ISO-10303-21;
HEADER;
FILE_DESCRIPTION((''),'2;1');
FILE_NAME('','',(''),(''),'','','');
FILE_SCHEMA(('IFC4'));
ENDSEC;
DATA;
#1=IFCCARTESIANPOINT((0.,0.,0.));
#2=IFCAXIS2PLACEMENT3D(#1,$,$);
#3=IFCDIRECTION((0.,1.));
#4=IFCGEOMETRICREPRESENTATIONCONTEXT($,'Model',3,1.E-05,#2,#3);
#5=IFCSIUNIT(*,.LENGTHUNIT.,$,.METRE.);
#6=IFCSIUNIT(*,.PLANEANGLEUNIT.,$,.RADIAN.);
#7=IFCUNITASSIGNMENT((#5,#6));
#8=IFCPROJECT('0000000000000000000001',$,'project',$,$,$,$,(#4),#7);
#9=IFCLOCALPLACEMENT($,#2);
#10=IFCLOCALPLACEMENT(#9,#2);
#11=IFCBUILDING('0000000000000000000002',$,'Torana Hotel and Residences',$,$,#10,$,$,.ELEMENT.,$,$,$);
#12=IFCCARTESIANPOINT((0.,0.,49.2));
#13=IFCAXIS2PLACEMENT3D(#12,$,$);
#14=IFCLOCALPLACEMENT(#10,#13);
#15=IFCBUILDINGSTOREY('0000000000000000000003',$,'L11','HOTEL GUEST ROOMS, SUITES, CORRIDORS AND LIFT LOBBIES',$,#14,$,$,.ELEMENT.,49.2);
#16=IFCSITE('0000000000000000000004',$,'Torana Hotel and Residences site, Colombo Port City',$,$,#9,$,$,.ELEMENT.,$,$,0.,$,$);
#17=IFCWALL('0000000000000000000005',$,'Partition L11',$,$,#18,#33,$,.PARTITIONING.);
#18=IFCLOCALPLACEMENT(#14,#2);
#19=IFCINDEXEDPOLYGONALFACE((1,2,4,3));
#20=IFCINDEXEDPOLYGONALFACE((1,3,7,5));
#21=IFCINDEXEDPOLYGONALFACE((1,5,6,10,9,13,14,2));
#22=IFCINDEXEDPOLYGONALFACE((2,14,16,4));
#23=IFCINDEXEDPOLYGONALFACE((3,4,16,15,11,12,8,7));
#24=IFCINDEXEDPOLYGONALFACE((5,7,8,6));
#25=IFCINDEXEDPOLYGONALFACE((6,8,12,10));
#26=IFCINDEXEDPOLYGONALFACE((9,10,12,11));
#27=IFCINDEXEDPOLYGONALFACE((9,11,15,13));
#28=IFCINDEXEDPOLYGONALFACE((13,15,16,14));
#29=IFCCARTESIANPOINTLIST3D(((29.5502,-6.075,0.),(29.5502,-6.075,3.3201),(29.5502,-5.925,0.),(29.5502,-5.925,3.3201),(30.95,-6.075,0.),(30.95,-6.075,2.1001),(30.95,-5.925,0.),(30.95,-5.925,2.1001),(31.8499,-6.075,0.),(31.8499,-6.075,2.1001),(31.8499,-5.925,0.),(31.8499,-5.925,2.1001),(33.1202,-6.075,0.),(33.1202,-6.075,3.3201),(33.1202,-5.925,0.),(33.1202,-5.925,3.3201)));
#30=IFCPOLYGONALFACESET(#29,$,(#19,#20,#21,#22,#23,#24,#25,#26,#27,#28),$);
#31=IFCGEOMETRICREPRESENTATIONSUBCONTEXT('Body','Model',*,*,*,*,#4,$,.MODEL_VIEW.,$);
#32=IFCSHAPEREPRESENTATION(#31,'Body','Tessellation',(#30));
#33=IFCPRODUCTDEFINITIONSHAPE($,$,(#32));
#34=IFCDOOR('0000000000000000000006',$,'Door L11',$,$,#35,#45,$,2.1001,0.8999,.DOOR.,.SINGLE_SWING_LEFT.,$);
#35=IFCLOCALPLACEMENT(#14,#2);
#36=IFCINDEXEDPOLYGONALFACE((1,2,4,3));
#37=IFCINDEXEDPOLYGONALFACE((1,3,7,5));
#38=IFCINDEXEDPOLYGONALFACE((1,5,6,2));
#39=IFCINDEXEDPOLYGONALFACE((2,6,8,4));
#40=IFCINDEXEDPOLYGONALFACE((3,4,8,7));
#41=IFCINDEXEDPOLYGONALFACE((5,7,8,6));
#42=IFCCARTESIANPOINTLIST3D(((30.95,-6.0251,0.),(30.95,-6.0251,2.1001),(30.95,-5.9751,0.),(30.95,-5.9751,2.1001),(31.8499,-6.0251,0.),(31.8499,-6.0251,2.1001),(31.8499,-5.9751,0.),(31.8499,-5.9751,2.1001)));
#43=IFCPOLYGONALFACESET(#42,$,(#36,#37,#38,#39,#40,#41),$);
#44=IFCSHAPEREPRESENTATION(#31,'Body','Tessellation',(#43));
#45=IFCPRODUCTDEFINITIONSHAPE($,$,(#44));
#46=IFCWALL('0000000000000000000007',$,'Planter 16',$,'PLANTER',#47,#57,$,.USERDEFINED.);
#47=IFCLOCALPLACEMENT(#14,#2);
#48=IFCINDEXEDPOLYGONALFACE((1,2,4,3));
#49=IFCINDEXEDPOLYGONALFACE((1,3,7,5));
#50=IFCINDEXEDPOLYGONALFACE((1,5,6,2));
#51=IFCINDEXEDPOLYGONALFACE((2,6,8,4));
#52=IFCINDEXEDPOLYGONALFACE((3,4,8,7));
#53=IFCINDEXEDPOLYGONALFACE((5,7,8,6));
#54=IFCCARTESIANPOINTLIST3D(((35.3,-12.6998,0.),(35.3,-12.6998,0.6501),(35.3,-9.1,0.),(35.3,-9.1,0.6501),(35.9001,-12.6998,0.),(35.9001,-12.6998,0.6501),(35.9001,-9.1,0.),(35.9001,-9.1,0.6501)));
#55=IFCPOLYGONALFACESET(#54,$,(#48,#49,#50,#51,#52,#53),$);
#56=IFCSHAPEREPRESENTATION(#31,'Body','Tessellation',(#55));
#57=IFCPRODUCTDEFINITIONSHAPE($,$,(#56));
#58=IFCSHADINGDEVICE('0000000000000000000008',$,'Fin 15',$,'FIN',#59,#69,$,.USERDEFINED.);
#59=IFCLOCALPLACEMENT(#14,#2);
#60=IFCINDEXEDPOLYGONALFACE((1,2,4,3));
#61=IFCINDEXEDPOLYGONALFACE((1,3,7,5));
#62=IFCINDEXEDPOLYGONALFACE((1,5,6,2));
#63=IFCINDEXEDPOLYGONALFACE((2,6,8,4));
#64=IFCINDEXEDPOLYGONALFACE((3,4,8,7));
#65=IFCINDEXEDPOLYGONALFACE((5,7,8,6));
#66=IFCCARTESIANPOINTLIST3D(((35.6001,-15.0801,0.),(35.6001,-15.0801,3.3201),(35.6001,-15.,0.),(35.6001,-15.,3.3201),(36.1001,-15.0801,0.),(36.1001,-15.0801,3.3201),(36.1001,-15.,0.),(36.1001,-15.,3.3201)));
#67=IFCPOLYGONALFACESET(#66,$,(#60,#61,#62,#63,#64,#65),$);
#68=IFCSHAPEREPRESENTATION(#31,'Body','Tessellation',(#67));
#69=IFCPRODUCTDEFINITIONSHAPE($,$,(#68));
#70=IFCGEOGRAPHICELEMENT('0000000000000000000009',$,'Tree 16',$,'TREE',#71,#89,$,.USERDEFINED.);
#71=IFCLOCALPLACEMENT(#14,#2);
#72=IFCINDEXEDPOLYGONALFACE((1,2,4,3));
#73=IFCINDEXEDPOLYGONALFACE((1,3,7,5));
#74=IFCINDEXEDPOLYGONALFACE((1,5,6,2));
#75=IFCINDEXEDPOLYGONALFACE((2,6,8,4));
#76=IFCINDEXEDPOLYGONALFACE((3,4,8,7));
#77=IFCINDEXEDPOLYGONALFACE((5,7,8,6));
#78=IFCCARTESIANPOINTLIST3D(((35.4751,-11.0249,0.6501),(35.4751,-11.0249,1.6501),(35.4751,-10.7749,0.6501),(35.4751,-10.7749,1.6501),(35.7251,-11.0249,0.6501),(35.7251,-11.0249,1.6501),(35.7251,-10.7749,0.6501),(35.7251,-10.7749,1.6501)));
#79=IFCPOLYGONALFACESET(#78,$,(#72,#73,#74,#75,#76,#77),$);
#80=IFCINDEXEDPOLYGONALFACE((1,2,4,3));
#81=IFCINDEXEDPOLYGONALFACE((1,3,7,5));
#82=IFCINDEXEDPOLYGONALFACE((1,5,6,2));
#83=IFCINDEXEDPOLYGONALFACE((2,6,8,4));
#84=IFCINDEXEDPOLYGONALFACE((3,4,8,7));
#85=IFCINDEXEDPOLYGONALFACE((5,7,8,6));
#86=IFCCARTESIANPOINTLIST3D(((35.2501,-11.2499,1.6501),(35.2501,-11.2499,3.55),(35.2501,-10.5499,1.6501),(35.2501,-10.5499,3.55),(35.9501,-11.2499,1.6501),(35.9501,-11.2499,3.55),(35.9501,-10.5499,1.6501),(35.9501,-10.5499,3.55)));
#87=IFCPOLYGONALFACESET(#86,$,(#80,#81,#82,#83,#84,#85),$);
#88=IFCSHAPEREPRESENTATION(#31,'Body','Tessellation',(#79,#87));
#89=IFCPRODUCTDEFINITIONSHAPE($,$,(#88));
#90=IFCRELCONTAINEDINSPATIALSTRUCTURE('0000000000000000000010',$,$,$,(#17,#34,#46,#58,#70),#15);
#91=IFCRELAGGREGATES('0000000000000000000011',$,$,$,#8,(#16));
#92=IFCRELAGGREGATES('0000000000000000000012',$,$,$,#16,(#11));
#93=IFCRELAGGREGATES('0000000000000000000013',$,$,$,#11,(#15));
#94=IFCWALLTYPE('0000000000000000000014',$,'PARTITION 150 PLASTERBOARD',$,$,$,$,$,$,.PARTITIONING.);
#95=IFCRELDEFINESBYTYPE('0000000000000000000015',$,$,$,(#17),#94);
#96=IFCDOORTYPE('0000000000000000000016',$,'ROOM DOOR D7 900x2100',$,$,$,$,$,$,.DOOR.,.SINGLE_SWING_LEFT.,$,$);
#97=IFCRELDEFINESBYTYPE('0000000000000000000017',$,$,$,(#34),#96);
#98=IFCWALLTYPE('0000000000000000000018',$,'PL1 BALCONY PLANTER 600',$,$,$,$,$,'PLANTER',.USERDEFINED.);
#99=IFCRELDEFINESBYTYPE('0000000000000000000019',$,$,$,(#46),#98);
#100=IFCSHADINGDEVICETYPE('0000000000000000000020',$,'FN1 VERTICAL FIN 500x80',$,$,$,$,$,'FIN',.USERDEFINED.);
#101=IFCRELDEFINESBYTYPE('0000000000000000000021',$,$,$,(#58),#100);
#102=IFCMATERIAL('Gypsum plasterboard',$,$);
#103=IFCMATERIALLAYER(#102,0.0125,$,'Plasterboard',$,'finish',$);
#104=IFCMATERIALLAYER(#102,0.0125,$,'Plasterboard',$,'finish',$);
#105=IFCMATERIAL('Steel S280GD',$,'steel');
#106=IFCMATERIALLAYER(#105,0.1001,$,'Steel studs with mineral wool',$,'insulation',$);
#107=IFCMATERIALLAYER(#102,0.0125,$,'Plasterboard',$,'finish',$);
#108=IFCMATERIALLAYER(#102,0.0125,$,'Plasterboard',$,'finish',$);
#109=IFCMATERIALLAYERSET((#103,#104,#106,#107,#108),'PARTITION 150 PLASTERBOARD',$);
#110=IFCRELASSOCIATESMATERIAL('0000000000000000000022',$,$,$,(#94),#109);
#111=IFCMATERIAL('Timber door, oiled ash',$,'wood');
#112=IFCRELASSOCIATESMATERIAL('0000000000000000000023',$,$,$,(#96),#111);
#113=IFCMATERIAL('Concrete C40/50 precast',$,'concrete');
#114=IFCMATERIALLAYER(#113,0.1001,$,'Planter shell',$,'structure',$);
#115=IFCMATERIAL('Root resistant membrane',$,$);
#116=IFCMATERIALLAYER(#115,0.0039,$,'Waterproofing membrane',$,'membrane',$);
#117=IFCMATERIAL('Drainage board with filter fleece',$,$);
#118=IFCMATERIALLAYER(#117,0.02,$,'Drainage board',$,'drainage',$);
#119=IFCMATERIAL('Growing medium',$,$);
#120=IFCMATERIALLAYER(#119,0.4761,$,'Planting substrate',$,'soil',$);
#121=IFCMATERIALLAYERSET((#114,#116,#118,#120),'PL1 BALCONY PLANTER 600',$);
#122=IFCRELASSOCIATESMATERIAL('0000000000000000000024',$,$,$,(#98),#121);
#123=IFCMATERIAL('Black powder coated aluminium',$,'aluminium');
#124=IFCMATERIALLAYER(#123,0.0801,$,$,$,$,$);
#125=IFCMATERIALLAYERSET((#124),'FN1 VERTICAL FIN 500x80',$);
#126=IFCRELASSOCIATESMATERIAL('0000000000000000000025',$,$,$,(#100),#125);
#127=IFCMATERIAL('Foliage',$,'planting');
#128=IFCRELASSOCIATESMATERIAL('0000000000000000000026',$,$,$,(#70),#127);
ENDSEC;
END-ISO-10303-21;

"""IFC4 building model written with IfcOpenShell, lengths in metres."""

from ifc_helpers import new_model, si_unit, direction, frame, frame_2d, origin, origin_2d, place, context, subcontext, project, spatial, rectangle, extrude, material, layer, layer_set, type_object, element, fill, save


model = new_model("IFC4")

# Units and contexts
model_context = context("Model", 3, precision=1e-05, world=origin(), true_north=direction((0.0, 1.0)))
body_context = subcontext(model_context, "Body", "Model", "MODEL_VIEW")
ifc_project = project(units=[si_unit("LENGTHUNIT", "METRE"), si_unit("PLANEANGLEUNIT", "RADIAN")], contexts=[model_context])

# Site, building, storey
site_placement = place(None, origin())
site = spatial("IfcSite", under=ifc_project, at=site_placement, Name="Torana Hotel and Residences site, Colombo Port City", CompositionType="ELEMENT", RefElevation=0.0)
building_placement = place(site_placement, origin())
building = spatial("IfcBuilding", under=site, at=building_placement, Name="Torana Hotel and Residences", CompositionType="ELEMENT")
storey_placement = place(building_placement, frame((0.0, 0.0, 49.2)))
storey = spatial("IfcBuildingStorey", under=building, at=storey_placement, Name="L11", Description="HOTEL GUEST ROOMS, SUITES, CORRIDORS AND LIFT LOBBIES", CompositionType="ELEMENT", Elevation=49.2)

# Shared definitions
ifc_material_1 = material(Name="Steel S280GD", Category="steel")

# Shared definitions
ifc_material_2 = material(Name="Concrete C40/50 precast", Category="concrete")

# Shared definitions
ifc_material_3 = material(Name="Gypsum plasterboard")
ifc_layer_1 = layer(ifc_material_3, 0.0125, Name="Plasterboard", Category="finish")
ifc_layer_2 = layer(ifc_material_3, 0.0125, Name="Plasterboard", Category="finish")
ifc_layer_3 = layer(ifc_material_1, 0.1001, Name="Steel studs with mineral wool", Category="insulation")
ifc_layer_4 = layer(ifc_material_3, 0.0125, Name="Plasterboard", Category="finish")
ifc_layer_5 = layer(ifc_material_3, 0.0125, Name="Plasterboard", Category="finish")
ifc_layer_set_1 = layer_set([ifc_layer_1, ifc_layer_2, ifc_layer_3, ifc_layer_4, ifc_layer_5], Name="PARTITION 150 PLASTERBOARD")
wall_type_1 = type_object("IfcWallType", Name="PARTITION 150 PLASTERBOARD", PredefinedType="PARTITIONING", material=ifc_layer_set_1)

# Wall, opening, door
wall_1_placement = place(storey_placement, frame((29.55, -6.0, 0.0), z_axis=(0.0, 0.0, 1.0), x_axis=(1.0, 0.0, 0.0)))
wall_1 = element("IfcWall", 1, at=wall_1_placement, inside=storey, type_object=wall_type_1, Name="Partition L11", PredefinedType="PARTITIONING", context=body_context, shape_type="SweptSolid", body=[
    extrude(rectangle(XDim=3.5701, YDim=0.1499, at=frame_2d((1.7852, 0.0))), origin(), (0.0, 0.0, 1.0), 3.3201),
])
opening_1_placement = place(wall_1_placement, frame((1.3999, 0.0, 0.0)))
opening_1 = element("IfcOpeningElement", 2, at=opening_1_placement, cuts=wall_1, PredefinedType="OPENING", context=body_context, shape_type="SweptSolid", body=[
    extrude(rectangle(XDim=0.8999, YDim=2.1001, at=frame_2d((0.45, 1.05))), frame((0.0, 0.085, 0.0), z_axis=(0.0, -1.0, 0.0), x_axis=(1.0, 0.0, 0.0)), (0.0, 0.0, 1.0), 0.1699),
])
ifc_material_4 = material(Name="Timber door, oiled ash", Category="wood")
door_type_1 = type_object("IfcDoorType", Name="ROOM DOOR D7 900x2100", OperationType="SINGLE_SWING_LEFT", PredefinedType="DOOR", material=ifc_material_4)
door_1_placement = place(opening_1_placement, origin())
door_1 = element("IfcDoor", 3, at=door_1_placement, inside=storey, type_object=door_type_1, Name="Door L11", OperationType="SINGLE_SWING_LEFT", OverallHeight=2.1001, OverallWidth=0.8999, PredefinedType="DOOR", context=body_context, shape_type="SweptSolid", body=[
    extrude(rectangle(XDim=0.8999, YDim=2.1001, at=frame_2d((0.45, 1.05))), frame((0.0, 0.0249, 0.0), z_axis=(0.0, -1.0, 0.0), x_axis=(1.0, 0.0, 0.0)), (0.0, 0.0, 1.0), 0.05),
])
fill(opening_1, door_1)

# Wall
ifc_layer_6 = layer(ifc_material_2, 0.1001, Name="Planter shell", Category="structure")
ifc_material_5 = material(Name="Root resistant membrane")
ifc_layer_7 = layer(ifc_material_5, 0.0039, Name="Waterproofing membrane", Category="membrane")
ifc_material_6 = material(Name="Drainage board with filter fleece")
ifc_layer_8 = layer(ifc_material_6, 0.02, Name="Drainage board", Category="drainage")
ifc_material_7 = material(Name="Growing medium")
ifc_layer_9 = layer(ifc_material_7, 0.4761, Name="Planting substrate", Category="soil")
ifc_layer_set_2 = layer_set([ifc_layer_6, ifc_layer_7, ifc_layer_8, ifc_layer_9], Name="PL1 BALCONY PLANTER 600")
wall_type_2 = type_object("IfcWallType", Name="PL1 BALCONY PLANTER 600", ElementType="PLANTER", PredefinedType="USERDEFINED", material=ifc_layer_set_2)
wall_2_placement = place(storey_placement, frame((35.6001, -9.1001, 0.0), z_axis=(0.0, 0.0, 1.0), x_axis=(0.0, -1.0, 0.0)))
element("IfcWall", 4, at=wall_2_placement, inside=storey, type_object=wall_type_2, Name="Planter 16", ObjectType="PLANTER", PredefinedType="USERDEFINED", context=body_context, shape_type="SweptSolid", body=[
    extrude(rectangle(XDim=3.5999, YDim=0.6001, at=frame_2d((1.7998, 0.0))), origin(), (0.0, 0.0, 1.0), 0.6501),
])

# Shading device
ifc_material_8 = material(Name="Black powder coated aluminium", Category="aluminium")
ifc_layer_10 = layer(ifc_material_8, 0.0801)
ifc_layer_set_3 = layer_set([ifc_layer_10], Name="FN1 VERTICAL FIN 500x80")
shading_device_type = type_object("IfcShadingDeviceType", Name="FN1 VERTICAL FIN 500x80", ElementType="FIN", PredefinedType="USERDEFINED", material=ifc_layer_set_3)
shading_device_placement = place(storey_placement, frame((35.8501, -15.04, 0.0), z_axis=(0.0, 0.0, 1.0), x_axis=(0.0, -1.0, 0.0)))
element("IfcShadingDevice", 5, at=shading_device_placement, inside=storey, type_object=shading_device_type, Name="Fin 15", ObjectType="FIN", PredefinedType="USERDEFINED", context=body_context, shape_type="SweptSolid", body=[
    extrude(rectangle(XDim=0.0801, YDim=0.5, at=origin_2d()), origin(), (0.0, 0.0, 1.0), 3.3201),
])

# Geographic element
ifc_material_9 = material(Name="Foliage", Category="planting")
geographic_element_placement = place(storey_placement, frame((35.6001, -10.8999, 0.6501), z_axis=(0.0, 0.0, 1.0), x_axis=(1.0, 0.0, 0.0)))
element("IfcGeographicElement", 6, at=geographic_element_placement, inside=storey, material=ifc_material_9, Name="Tree 16", ObjectType="TREE", PredefinedType="USERDEFINED", context=body_context, shape_type="SweptSolid", body=[
    extrude(rectangle(XDim=0.25, YDim=0.25, at=origin_2d()), origin(), (0.0, 0.0, 1.0), 1.0),
    extrude(rectangle(XDim=0.7, YDim=0.7, at=origin_2d()), frame((0.0, 0.0, 1.0)), (0.0, 0.0, 1.0), 1.8999),
])

save(model, "model.ifc")
